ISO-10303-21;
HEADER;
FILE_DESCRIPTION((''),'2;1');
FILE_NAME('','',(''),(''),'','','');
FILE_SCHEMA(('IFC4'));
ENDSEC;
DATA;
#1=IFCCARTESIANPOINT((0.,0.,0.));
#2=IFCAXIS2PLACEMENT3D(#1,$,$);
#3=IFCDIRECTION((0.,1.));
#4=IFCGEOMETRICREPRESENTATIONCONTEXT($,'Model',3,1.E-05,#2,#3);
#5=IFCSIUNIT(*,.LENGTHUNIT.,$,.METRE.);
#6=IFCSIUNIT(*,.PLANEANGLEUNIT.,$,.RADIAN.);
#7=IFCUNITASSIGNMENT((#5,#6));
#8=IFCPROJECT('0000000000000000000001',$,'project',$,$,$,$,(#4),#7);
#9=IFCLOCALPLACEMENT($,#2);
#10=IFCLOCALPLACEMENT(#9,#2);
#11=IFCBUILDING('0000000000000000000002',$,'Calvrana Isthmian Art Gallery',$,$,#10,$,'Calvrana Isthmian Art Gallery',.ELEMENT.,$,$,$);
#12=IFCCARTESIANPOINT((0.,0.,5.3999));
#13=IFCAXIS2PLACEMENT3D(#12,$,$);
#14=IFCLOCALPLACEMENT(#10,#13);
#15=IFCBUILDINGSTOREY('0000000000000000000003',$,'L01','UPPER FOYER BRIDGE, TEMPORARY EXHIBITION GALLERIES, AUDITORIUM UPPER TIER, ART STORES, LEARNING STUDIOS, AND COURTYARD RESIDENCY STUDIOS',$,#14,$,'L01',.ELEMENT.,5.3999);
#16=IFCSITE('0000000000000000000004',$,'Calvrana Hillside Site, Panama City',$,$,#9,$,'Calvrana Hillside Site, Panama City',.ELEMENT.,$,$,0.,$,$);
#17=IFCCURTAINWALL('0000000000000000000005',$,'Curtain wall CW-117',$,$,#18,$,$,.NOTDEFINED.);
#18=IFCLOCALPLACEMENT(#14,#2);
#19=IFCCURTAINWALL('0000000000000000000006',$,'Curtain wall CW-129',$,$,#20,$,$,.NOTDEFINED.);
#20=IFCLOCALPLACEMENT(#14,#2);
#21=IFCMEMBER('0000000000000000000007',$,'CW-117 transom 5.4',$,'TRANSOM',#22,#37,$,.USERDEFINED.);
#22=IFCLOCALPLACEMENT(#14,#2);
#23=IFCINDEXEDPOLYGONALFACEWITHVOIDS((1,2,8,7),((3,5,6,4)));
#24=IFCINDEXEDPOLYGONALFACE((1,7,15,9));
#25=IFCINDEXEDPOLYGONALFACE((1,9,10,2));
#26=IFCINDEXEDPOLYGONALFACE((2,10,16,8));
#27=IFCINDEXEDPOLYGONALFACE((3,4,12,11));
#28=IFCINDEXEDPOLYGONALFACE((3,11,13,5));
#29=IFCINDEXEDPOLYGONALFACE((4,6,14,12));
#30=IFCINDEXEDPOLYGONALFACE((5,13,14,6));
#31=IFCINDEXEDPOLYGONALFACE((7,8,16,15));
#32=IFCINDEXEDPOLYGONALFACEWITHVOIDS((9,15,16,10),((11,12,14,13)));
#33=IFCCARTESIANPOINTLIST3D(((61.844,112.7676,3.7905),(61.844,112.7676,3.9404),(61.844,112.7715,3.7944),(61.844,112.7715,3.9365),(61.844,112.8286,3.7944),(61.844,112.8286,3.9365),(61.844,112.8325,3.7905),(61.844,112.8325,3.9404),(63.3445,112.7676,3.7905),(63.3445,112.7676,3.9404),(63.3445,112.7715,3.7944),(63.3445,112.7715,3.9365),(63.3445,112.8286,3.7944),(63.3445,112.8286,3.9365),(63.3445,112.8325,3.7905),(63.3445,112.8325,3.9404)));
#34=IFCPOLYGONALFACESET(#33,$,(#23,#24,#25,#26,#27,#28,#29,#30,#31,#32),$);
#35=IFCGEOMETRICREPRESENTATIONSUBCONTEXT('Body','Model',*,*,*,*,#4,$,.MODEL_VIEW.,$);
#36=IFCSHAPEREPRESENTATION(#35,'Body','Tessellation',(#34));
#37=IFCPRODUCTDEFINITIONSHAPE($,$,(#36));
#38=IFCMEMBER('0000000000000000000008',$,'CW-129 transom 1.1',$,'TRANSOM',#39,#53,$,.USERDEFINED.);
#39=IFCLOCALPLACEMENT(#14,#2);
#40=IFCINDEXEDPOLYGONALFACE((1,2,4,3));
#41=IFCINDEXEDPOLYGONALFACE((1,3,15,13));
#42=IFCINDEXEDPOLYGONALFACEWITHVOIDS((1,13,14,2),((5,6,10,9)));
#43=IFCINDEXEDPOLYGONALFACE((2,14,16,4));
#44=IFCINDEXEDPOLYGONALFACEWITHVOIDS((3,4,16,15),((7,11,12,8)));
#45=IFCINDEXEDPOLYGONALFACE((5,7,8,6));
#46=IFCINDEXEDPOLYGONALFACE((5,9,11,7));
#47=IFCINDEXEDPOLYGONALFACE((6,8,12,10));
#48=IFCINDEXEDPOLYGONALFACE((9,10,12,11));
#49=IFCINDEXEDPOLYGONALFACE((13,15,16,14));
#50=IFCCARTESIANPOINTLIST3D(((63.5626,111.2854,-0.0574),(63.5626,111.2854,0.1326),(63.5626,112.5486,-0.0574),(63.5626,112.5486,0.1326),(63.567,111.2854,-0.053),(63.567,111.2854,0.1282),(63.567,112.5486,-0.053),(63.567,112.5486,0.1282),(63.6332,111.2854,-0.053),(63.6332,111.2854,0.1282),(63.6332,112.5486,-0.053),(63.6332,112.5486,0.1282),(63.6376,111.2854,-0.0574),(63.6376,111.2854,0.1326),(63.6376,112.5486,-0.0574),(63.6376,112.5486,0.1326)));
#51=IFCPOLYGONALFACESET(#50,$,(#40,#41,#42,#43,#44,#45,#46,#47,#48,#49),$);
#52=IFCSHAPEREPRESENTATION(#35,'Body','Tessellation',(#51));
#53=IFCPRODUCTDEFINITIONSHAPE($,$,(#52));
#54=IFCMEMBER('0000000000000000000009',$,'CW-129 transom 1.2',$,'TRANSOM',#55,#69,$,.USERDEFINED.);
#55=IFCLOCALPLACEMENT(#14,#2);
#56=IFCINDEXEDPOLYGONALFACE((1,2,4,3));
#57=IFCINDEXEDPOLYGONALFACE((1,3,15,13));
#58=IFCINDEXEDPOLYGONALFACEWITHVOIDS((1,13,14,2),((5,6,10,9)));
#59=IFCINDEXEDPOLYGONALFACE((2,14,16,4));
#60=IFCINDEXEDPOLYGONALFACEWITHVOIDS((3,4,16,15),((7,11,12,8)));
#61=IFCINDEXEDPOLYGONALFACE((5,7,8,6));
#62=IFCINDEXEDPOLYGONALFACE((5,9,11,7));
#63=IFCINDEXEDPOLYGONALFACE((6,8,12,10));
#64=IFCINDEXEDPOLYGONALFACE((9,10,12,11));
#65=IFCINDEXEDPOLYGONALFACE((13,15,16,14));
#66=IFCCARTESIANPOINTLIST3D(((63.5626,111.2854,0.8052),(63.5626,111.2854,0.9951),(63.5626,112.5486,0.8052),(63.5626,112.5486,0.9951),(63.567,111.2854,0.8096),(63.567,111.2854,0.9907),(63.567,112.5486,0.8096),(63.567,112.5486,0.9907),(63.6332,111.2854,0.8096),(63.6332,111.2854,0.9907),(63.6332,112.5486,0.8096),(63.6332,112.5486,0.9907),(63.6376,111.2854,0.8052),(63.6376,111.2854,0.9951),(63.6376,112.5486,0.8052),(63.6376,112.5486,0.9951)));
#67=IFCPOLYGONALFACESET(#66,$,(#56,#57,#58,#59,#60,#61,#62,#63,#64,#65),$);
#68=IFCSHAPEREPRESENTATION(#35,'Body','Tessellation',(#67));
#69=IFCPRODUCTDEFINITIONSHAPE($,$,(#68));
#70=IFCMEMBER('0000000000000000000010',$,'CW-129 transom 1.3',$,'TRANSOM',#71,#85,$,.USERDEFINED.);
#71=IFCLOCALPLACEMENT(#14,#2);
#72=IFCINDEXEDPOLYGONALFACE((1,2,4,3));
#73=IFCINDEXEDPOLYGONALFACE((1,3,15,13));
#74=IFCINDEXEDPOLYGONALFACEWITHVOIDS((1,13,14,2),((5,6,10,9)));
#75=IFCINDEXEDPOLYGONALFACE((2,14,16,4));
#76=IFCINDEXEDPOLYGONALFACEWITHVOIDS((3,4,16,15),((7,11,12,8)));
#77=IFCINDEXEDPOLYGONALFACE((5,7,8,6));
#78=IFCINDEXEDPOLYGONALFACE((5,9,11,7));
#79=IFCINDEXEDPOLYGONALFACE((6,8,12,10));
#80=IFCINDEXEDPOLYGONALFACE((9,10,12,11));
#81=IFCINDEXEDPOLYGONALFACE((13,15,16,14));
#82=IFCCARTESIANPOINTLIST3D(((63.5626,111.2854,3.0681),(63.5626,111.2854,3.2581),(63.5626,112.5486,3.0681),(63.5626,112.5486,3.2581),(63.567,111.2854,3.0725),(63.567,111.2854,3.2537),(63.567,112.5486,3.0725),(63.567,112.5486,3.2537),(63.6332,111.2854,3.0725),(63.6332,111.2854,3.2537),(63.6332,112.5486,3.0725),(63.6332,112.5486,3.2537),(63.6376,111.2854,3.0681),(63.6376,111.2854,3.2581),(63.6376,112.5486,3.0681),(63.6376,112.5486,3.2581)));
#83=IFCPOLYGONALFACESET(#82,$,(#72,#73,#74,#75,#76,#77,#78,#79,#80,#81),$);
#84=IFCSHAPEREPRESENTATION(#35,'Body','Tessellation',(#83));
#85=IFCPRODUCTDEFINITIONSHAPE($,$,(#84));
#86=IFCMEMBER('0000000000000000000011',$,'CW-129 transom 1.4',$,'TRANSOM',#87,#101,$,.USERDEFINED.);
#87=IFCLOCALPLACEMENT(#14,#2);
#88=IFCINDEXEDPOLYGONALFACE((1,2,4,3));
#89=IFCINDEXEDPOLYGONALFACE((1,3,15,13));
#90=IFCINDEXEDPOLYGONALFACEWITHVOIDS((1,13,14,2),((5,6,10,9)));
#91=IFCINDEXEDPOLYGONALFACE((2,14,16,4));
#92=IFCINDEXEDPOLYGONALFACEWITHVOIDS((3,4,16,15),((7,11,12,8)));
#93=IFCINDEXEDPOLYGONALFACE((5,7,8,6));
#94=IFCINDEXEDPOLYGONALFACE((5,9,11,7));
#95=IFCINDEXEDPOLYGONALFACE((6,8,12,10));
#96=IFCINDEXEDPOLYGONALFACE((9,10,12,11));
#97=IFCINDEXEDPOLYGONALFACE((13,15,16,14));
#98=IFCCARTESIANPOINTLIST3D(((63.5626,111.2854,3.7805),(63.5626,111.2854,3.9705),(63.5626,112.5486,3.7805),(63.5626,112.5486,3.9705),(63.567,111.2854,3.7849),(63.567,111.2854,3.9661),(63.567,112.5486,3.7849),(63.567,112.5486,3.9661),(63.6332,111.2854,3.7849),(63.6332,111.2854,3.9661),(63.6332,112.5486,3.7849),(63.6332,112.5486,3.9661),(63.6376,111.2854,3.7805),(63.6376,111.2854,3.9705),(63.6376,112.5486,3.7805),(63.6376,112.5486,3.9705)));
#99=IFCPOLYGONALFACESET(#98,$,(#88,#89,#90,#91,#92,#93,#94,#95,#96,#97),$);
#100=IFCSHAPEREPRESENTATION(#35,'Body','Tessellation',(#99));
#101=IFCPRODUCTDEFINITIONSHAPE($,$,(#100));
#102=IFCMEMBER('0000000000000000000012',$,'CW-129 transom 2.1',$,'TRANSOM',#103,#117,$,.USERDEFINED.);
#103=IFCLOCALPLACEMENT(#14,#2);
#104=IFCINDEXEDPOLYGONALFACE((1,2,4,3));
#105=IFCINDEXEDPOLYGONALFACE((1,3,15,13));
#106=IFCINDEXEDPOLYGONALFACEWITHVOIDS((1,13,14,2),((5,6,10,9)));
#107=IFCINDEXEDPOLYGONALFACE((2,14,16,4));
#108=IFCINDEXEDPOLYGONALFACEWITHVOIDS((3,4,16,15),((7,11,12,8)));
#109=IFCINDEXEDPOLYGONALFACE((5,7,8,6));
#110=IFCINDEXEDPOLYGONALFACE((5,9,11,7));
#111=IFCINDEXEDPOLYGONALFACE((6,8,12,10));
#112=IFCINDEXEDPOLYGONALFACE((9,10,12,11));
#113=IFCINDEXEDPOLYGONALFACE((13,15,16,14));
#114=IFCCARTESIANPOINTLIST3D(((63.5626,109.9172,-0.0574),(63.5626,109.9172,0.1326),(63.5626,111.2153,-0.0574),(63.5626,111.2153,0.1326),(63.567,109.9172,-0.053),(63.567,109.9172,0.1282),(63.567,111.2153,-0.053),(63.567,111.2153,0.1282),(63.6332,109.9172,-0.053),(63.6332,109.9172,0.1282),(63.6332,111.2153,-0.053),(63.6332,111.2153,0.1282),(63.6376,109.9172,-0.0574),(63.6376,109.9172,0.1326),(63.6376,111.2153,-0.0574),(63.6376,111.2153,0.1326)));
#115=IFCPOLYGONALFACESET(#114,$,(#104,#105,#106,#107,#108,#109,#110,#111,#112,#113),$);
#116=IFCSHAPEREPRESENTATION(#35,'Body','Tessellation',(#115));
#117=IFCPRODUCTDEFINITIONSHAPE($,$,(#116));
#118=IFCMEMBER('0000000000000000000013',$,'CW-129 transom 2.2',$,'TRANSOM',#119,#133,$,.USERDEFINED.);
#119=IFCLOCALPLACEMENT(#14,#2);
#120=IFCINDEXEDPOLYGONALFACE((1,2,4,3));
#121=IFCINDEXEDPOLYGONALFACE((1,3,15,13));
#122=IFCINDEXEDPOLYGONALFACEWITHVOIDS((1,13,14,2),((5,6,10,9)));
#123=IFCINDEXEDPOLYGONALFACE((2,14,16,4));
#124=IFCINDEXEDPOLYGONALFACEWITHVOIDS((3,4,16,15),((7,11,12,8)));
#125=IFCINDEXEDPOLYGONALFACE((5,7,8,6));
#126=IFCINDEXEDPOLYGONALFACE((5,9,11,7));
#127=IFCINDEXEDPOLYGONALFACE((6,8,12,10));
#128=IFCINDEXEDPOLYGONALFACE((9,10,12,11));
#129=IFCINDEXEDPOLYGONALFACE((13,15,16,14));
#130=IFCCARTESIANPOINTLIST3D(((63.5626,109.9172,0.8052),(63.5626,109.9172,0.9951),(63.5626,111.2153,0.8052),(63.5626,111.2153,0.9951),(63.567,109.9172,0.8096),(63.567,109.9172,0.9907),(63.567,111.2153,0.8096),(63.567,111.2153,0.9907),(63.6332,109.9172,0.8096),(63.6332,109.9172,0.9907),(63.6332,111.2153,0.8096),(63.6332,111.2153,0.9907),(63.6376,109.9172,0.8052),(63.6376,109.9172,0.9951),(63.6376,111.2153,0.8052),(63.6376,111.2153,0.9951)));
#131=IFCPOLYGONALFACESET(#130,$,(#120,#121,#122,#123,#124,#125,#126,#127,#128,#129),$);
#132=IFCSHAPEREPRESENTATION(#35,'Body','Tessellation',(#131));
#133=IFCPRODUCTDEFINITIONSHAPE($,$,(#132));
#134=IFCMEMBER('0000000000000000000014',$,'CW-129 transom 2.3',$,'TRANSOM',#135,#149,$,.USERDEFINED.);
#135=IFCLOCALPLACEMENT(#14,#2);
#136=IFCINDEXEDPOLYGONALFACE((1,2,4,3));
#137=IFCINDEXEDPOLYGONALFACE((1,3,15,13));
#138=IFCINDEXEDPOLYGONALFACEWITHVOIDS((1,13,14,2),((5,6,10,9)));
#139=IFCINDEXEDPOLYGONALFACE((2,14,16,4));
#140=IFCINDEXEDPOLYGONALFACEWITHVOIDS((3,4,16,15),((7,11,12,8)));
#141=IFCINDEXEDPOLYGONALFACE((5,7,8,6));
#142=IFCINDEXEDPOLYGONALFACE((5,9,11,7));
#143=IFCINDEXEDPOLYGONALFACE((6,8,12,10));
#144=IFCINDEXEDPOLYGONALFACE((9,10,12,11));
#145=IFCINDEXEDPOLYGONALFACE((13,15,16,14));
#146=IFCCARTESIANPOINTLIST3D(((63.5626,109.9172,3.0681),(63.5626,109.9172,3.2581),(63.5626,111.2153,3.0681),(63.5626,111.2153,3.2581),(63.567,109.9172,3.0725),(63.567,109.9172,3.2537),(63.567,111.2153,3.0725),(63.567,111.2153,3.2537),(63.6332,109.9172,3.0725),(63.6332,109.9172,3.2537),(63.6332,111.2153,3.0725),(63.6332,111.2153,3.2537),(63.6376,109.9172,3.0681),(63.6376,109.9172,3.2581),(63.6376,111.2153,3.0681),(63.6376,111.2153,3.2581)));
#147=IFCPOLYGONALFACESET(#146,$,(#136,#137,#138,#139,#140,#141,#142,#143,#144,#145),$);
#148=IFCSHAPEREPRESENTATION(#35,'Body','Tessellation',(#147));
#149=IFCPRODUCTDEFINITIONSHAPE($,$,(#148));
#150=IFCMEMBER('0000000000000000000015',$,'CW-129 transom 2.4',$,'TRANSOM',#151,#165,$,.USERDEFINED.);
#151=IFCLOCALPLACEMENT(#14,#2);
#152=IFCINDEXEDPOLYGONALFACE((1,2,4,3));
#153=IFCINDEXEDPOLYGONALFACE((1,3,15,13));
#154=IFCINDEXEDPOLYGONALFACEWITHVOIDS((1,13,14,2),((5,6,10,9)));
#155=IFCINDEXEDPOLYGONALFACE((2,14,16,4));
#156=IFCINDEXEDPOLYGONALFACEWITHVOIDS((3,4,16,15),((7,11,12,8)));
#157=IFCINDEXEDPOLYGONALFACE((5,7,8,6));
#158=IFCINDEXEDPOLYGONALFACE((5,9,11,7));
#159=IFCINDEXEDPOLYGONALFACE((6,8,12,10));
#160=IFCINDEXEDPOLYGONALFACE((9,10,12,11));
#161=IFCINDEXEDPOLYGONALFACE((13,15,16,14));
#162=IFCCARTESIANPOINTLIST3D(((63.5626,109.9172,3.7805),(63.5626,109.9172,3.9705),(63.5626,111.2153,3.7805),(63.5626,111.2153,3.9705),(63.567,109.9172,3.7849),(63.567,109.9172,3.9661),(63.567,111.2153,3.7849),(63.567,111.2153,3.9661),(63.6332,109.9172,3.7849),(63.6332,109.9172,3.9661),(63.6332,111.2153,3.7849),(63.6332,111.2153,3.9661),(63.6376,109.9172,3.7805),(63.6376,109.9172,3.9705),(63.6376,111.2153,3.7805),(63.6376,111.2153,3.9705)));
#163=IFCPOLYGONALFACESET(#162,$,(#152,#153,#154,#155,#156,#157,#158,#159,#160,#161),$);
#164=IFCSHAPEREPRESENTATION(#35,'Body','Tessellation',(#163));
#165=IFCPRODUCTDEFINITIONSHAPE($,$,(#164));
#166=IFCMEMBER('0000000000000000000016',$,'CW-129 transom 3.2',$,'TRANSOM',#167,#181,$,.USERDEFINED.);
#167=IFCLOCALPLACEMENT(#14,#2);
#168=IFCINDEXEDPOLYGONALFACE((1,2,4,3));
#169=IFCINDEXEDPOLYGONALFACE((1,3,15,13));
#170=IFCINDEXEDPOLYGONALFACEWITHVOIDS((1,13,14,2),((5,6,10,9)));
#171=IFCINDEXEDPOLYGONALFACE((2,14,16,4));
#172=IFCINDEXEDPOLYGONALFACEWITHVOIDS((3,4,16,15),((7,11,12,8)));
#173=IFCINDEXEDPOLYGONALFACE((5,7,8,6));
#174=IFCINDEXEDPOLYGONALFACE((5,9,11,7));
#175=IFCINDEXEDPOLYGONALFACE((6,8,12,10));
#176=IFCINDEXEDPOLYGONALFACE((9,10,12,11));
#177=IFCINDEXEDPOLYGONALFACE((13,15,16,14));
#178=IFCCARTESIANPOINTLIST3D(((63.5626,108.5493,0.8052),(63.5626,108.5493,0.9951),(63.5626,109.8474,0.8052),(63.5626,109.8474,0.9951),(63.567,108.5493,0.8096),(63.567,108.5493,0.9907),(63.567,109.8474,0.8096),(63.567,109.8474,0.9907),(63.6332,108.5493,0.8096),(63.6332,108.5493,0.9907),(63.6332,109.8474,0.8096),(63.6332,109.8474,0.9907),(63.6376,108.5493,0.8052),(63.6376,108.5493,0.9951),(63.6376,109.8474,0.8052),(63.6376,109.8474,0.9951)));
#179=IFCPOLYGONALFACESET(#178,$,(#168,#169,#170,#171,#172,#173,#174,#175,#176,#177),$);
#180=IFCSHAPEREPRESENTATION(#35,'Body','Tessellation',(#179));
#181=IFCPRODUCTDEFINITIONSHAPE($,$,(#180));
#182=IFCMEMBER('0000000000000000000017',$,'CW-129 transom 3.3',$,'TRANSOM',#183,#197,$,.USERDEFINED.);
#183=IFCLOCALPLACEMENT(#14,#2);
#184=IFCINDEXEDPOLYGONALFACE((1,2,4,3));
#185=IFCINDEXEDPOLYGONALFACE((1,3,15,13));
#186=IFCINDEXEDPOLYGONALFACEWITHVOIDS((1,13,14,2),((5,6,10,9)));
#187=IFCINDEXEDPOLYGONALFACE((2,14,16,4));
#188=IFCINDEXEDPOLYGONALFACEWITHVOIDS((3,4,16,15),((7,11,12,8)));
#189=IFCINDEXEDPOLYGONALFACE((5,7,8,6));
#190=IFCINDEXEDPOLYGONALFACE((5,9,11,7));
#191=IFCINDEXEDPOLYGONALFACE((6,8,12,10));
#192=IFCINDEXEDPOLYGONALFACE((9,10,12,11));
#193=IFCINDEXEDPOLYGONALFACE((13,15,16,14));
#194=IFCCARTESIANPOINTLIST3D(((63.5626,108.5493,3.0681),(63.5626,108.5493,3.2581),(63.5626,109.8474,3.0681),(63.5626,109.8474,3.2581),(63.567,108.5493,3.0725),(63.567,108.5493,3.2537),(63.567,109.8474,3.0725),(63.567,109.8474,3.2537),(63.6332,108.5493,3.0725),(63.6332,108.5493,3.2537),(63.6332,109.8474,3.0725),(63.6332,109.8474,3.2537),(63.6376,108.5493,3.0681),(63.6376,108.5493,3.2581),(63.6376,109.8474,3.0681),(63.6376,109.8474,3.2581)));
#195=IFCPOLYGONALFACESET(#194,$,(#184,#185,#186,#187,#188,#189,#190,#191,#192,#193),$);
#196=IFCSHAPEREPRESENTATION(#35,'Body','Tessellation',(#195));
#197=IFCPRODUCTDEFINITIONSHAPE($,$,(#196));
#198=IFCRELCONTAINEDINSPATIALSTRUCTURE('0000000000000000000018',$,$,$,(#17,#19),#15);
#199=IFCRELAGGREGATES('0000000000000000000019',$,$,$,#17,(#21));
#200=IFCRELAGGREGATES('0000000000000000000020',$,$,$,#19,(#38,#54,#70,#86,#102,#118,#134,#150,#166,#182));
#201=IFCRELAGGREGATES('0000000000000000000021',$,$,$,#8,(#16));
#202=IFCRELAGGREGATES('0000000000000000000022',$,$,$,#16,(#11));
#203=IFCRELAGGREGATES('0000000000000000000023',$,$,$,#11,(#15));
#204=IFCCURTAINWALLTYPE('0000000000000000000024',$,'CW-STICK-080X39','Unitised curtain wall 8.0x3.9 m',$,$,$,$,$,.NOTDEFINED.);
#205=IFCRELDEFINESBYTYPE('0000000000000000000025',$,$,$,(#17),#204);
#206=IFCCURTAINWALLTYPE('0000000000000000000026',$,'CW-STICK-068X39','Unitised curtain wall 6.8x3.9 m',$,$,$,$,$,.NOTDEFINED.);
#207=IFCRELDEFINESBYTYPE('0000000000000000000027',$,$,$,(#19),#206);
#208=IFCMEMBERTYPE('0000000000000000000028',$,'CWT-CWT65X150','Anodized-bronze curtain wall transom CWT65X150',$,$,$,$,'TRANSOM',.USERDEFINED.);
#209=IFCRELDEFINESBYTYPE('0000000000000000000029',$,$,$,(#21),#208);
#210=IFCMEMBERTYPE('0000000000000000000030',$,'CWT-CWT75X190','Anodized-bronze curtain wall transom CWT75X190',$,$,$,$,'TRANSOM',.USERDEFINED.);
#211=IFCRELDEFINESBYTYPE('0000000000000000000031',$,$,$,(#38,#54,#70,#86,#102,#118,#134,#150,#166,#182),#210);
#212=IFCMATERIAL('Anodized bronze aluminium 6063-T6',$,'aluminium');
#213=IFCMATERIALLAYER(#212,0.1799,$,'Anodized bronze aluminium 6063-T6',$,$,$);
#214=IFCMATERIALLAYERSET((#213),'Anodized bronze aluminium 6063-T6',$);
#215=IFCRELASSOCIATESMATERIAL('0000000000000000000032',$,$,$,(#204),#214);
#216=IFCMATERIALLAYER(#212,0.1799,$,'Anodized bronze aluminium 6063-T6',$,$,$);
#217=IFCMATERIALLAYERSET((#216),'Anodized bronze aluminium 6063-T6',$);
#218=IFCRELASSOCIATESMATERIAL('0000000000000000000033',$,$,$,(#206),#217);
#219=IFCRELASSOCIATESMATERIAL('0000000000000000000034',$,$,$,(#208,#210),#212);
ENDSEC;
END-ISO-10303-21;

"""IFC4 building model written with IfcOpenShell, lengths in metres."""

from ifc_helpers import new_model, si_unit, direction, frame, origin, origin_2d, place, context, subcontext, project, spatial, hollow_rectangle, extrude, material, layer, layer_set, material_profile, profile_set, type_object, element, aggregate, save


model = new_model("IFC4")

# Units and contexts
model_context = context("Model", 3, precision=1e-05, world=origin(), true_north=direction((0.0, 1.0)))
body_context = subcontext(model_context, "Body", "Model", "MODEL_VIEW")
ifc_project = project(units=[si_unit("LENGTHUNIT", "METRE"), si_unit("PLANEANGLEUNIT", "RADIAN")], contexts=[model_context])

# Site, building, storey
site_placement = place(None, origin())
site = spatial("IfcSite", under=ifc_project, at=site_placement, Name="Calvrana Hillside Site, Panama City", LongName="Calvrana Hillside Site, Panama City", CompositionType="ELEMENT", RefElevation=0.0)
building_placement = place(site_placement, origin())
building = spatial("IfcBuilding", under=site, at=building_placement, Name="Calvrana Isthmian Art Gallery", LongName="Calvrana Isthmian Art Gallery", CompositionType="ELEMENT")
storey_placement = place(building_placement, frame((0.0, 0.0, 5.3999)))
storey = spatial("IfcBuildingStorey", under=building, at=storey_placement, Name="L01", Description="UPPER FOYER BRIDGE, TEMPORARY EXHIBITION GALLERIES, AUDITORIUM UPPER TIER, ART STORES, LEARNING STUDIOS, AND COURTYARD RESIDENCY STUDIOS", LongName="L01", CompositionType="ELEMENT", Elevation=5.3999)

# Curtain walls
ifc_material_1 = material(Name="Anodized bronze aluminium 6063-T6", Category="aluminium")
ifc_layer_1 = layer(ifc_material_1, 0.1799, Name="Anodized bronze aluminium 6063-T6")
ifc_layer_set_1 = layer_set([ifc_layer_1], Name="Anodized bronze aluminium 6063-T6")
curtain_wall_type_1 = type_object("IfcCurtainWallType", Name="CW-STICK-080X39", Description="Unitised curtain wall 8.0x3.9 m", PredefinedType="NOTDEFINED", material=ifc_layer_set_1)
curtain_wall_1_placement = place(storey_placement, origin())
curtain_wall_1 = element("IfcCurtainWall", 1, at=curtain_wall_1_placement, inside=storey, type_object=curtain_wall_type_1, Name="Curtain wall CW-117", PredefinedType="NOTDEFINED")
ifc_layer_2 = layer(ifc_material_1, 0.1799, Name="Anodized bronze aluminium 6063-T6")
ifc_layer_set_2 = layer_set([ifc_layer_2], Name="Anodized bronze aluminium 6063-T6")
curtain_wall_type_2 = type_object("IfcCurtainWallType", Name="CW-STICK-068X39", Description="Unitised curtain wall 6.8x3.9 m", PredefinedType="NOTDEFINED", material=ifc_layer_set_2)
curtain_wall_2_placement = place(storey_placement, origin())
curtain_wall_2 = element("IfcCurtainWall", 2, at=curtain_wall_2_placement, inside=storey, type_object=curtain_wall_type_2, Name="Curtain wall CW-129", PredefinedType="NOTDEFINED")

# Members
ifc_material_profile_1 = material_profile(ifc_material_1, hollow_rectangle(XDim=0.0649, YDim=0.1499, WallThickness=0.0039, at=origin_2d()), Name="CWT65X150")
ifc_profile_set_1 = profile_set([ifc_material_profile_1], Name="Anodized bronze aluminium 6063-T6")
member_type_1 = type_object("IfcMemberType", Name="CWT-CWT65X150", Description="Anodized-bronze curtain wall transom CWT65X150", ElementType="TRANSOM", PredefinedType="USERDEFINED", material=ifc_profile_set_1)
member_1_placement = place(storey_placement, frame((61.844, 112.8, 3.8655), z_axis=(1.0, 0.0, 0.0), x_axis=(0.0, 1.0, 0.0)))
member_1 = element("IfcMember", 3, at=member_1_placement, type_object=member_type_1, Name="CW-117 transom 5.4", ObjectType="TRANSOM", PredefinedType="USERDEFINED", context=body_context, shape_type="SweptSolid", body=[
    extrude(hollow_rectangle(XDim=0.0649, YDim=0.1499, WallThickness=0.0039, at=origin_2d()), origin(), (0.0, 0.0, 1.0), 1.5005),
])
ifc_material_profile_2 = material_profile(ifc_material_1, hollow_rectangle(XDim=0.075, YDim=0.1899, WallThickness=0.0044, at=origin_2d()), Name="CWT75X190")
ifc_profile_set_2 = profile_set([ifc_material_profile_2], Name="Anodized bronze aluminium 6063-T6")
member_type_2 = type_object("IfcMemberType", Name="CWT-CWT75X190", Description="Anodized-bronze curtain wall transom CWT75X190", ElementType="TRANSOM", PredefinedType="USERDEFINED", material=ifc_profile_set_2)
member_2_placement = place(storey_placement, frame((63.6001, 112.5486, 0.0376), z_axis=(0.0, -1.0, 0.0), x_axis=(1.0, 0.0, 0.0)))
member_2 = element("IfcMember", 4, at=member_2_placement, type_object=member_type_2, Name="CW-129 transom 1.1", ObjectType="TRANSOM", PredefinedType="USERDEFINED", context=body_context, shape_type="SweptSolid", body=[
    extrude(hollow_rectangle(XDim=0.075, YDim=0.1899, WallThickness=0.0044, at=origin_2d()), origin(), (0.0, 0.0, 1.0), 1.2632),
])
member_3_placement = place(storey_placement, frame((63.6001, 112.5486, 0.9001), z_axis=(0.0, -1.0, 0.0), x_axis=(1.0, 0.0, 0.0)))
member_3 = element("IfcMember", 5, at=member_3_placement, type_object=member_type_2, Name="CW-129 transom 1.2", ObjectType="TRANSOM", PredefinedType="USERDEFINED", context=body_context, shape_type="SweptSolid", body=[
    extrude(hollow_rectangle(XDim=0.075, YDim=0.1899, WallThickness=0.0044, at=origin_2d()), origin(), (0.0, 0.0, 1.0), 1.2632),
])
member_4_placement = place(storey_placement, frame((63.6001, 112.5486, 3.1631), z_axis=(0.0, -1.0, 0.0), x_axis=(1.0, 0.0, 0.0)))
member_4 = element("IfcMember", 6, at=member_4_placement, type_object=member_type_2, Name="CW-129 transom 1.3", ObjectType="TRANSOM", PredefinedType="USERDEFINED", context=body_context, shape_type="SweptSolid", body=[
    extrude(hollow_rectangle(XDim=0.075, YDim=0.1899, WallThickness=0.0044, at=origin_2d()), origin(), (0.0, 0.0, 1.0), 1.2632),
])
member_5_placement = place(storey_placement, frame((63.6001, 112.5486, 3.8755), z_axis=(0.0, -1.0, 0.0), x_axis=(1.0, 0.0, 0.0)))
member_5 = element("IfcMember", 7, at=member_5_placement, type_object=member_type_2, Name="CW-129 transom 1.4", ObjectType="TRANSOM", PredefinedType="USERDEFINED", context=body_context, shape_type="SweptSolid", body=[
    extrude(hollow_rectangle(XDim=0.075, YDim=0.1899, WallThickness=0.0044, at=origin_2d()), origin(), (0.0, 0.0, 1.0), 1.2632),
])
member_6_placement = place(storey_placement, frame((63.6001, 111.2153, 0.0376), z_axis=(0.0, -1.0, 0.0), x_axis=(1.0, 0.0, 0.0)))
member_6 = element("IfcMember", 8, at=member_6_placement, type_object=member_type_2, Name="CW-129 transom 2.1", ObjectType="TRANSOM", PredefinedType="USERDEFINED", context=body_context, shape_type="SweptSolid", body=[
    extrude(hollow_rectangle(XDim=0.075, YDim=0.1899, WallThickness=0.0044, at=origin_2d()), origin(), (0.0, 0.0, 1.0), 1.2981),
])
member_7_placement = place(storey_placement, frame((63.6001, 111.2153, 0.9001), z_axis=(0.0, -1.0, 0.0), x_axis=(1.0, 0.0, 0.0)))
member_7 = element("IfcMember", 9, at=member_7_placement, type_object=member_type_2, Name="CW-129 transom 2.2", ObjectType="TRANSOM", PredefinedType="USERDEFINED", context=body_context, shape_type="SweptSolid", body=[
    extrude(hollow_rectangle(XDim=0.075, YDim=0.1899, WallThickness=0.0044, at=origin_2d()), origin(), (0.0, 0.0, 1.0), 1.2981),
])
member_8_placement = place(storey_placement, frame((63.6001, 111.2153, 3.1631), z_axis=(0.0, -1.0, 0.0), x_axis=(1.0, 0.0, 0.0)))
member_8 = element("IfcMember", 10, at=member_8_placement, type_object=member_type_2, Name="CW-129 transom 2.3", ObjectType="TRANSOM", PredefinedType="USERDEFINED", context=body_context, shape_type="SweptSolid", body=[
    extrude(hollow_rectangle(XDim=0.075, YDim=0.1899, WallThickness=0.0044, at=origin_2d()), origin(), (0.0, 0.0, 1.0), 1.2981),
])
member_9_placement = place(storey_placement, frame((63.6001, 111.2153, 3.8755), z_axis=(0.0, -1.0, 0.0), x_axis=(1.0, 0.0, 0.0)))
member_9 = element("IfcMember", 11, at=member_9_placement, type_object=member_type_2, Name="CW-129 transom 2.4", ObjectType="TRANSOM", PredefinedType="USERDEFINED", context=body_context, shape_type="SweptSolid", body=[
    extrude(hollow_rectangle(XDim=0.075, YDim=0.1899, WallThickness=0.0044, at=origin_2d()), origin(), (0.0, 0.0, 1.0), 1.2981),
])
member_10_placement = place(storey_placement, frame((63.6001, 109.8474, 0.9001), z_axis=(0.0, -1.0, 0.0), x_axis=(1.0, 0.0, 0.0)))
member_10 = element("IfcMember", 12, at=member_10_placement, type_object=member_type_2, Name="CW-129 transom 3.2", ObjectType="TRANSOM", PredefinedType="USERDEFINED", context=body_context, shape_type="SweptSolid", body=[
    extrude(hollow_rectangle(XDim=0.075, YDim=0.1899, WallThickness=0.0044, at=origin_2d()), origin(), (0.0, 0.0, 1.0), 1.2981),
])
member_11_placement = place(storey_placement, frame((63.6001, 109.8474, 3.1631), z_axis=(0.0, -1.0, 0.0), x_axis=(1.0, 0.0, 0.0)))
member_11 = element("IfcMember", 13, at=member_11_placement, type_object=member_type_2, Name="CW-129 transom 3.3", ObjectType="TRANSOM", PredefinedType="USERDEFINED", context=body_context, shape_type="SweptSolid", body=[
    extrude(hollow_rectangle(XDim=0.075, YDim=0.1899, WallThickness=0.0044, at=origin_2d()), origin(), (0.0, 0.0, 1.0), 1.2981),
])

aggregate(curtain_wall_1, [member_1])
aggregate(curtain_wall_2, [member_2, member_3, member_4, member_5, member_6, member_7, member_8, member_9, member_10, member_11])

save(model, "model.ifc")
